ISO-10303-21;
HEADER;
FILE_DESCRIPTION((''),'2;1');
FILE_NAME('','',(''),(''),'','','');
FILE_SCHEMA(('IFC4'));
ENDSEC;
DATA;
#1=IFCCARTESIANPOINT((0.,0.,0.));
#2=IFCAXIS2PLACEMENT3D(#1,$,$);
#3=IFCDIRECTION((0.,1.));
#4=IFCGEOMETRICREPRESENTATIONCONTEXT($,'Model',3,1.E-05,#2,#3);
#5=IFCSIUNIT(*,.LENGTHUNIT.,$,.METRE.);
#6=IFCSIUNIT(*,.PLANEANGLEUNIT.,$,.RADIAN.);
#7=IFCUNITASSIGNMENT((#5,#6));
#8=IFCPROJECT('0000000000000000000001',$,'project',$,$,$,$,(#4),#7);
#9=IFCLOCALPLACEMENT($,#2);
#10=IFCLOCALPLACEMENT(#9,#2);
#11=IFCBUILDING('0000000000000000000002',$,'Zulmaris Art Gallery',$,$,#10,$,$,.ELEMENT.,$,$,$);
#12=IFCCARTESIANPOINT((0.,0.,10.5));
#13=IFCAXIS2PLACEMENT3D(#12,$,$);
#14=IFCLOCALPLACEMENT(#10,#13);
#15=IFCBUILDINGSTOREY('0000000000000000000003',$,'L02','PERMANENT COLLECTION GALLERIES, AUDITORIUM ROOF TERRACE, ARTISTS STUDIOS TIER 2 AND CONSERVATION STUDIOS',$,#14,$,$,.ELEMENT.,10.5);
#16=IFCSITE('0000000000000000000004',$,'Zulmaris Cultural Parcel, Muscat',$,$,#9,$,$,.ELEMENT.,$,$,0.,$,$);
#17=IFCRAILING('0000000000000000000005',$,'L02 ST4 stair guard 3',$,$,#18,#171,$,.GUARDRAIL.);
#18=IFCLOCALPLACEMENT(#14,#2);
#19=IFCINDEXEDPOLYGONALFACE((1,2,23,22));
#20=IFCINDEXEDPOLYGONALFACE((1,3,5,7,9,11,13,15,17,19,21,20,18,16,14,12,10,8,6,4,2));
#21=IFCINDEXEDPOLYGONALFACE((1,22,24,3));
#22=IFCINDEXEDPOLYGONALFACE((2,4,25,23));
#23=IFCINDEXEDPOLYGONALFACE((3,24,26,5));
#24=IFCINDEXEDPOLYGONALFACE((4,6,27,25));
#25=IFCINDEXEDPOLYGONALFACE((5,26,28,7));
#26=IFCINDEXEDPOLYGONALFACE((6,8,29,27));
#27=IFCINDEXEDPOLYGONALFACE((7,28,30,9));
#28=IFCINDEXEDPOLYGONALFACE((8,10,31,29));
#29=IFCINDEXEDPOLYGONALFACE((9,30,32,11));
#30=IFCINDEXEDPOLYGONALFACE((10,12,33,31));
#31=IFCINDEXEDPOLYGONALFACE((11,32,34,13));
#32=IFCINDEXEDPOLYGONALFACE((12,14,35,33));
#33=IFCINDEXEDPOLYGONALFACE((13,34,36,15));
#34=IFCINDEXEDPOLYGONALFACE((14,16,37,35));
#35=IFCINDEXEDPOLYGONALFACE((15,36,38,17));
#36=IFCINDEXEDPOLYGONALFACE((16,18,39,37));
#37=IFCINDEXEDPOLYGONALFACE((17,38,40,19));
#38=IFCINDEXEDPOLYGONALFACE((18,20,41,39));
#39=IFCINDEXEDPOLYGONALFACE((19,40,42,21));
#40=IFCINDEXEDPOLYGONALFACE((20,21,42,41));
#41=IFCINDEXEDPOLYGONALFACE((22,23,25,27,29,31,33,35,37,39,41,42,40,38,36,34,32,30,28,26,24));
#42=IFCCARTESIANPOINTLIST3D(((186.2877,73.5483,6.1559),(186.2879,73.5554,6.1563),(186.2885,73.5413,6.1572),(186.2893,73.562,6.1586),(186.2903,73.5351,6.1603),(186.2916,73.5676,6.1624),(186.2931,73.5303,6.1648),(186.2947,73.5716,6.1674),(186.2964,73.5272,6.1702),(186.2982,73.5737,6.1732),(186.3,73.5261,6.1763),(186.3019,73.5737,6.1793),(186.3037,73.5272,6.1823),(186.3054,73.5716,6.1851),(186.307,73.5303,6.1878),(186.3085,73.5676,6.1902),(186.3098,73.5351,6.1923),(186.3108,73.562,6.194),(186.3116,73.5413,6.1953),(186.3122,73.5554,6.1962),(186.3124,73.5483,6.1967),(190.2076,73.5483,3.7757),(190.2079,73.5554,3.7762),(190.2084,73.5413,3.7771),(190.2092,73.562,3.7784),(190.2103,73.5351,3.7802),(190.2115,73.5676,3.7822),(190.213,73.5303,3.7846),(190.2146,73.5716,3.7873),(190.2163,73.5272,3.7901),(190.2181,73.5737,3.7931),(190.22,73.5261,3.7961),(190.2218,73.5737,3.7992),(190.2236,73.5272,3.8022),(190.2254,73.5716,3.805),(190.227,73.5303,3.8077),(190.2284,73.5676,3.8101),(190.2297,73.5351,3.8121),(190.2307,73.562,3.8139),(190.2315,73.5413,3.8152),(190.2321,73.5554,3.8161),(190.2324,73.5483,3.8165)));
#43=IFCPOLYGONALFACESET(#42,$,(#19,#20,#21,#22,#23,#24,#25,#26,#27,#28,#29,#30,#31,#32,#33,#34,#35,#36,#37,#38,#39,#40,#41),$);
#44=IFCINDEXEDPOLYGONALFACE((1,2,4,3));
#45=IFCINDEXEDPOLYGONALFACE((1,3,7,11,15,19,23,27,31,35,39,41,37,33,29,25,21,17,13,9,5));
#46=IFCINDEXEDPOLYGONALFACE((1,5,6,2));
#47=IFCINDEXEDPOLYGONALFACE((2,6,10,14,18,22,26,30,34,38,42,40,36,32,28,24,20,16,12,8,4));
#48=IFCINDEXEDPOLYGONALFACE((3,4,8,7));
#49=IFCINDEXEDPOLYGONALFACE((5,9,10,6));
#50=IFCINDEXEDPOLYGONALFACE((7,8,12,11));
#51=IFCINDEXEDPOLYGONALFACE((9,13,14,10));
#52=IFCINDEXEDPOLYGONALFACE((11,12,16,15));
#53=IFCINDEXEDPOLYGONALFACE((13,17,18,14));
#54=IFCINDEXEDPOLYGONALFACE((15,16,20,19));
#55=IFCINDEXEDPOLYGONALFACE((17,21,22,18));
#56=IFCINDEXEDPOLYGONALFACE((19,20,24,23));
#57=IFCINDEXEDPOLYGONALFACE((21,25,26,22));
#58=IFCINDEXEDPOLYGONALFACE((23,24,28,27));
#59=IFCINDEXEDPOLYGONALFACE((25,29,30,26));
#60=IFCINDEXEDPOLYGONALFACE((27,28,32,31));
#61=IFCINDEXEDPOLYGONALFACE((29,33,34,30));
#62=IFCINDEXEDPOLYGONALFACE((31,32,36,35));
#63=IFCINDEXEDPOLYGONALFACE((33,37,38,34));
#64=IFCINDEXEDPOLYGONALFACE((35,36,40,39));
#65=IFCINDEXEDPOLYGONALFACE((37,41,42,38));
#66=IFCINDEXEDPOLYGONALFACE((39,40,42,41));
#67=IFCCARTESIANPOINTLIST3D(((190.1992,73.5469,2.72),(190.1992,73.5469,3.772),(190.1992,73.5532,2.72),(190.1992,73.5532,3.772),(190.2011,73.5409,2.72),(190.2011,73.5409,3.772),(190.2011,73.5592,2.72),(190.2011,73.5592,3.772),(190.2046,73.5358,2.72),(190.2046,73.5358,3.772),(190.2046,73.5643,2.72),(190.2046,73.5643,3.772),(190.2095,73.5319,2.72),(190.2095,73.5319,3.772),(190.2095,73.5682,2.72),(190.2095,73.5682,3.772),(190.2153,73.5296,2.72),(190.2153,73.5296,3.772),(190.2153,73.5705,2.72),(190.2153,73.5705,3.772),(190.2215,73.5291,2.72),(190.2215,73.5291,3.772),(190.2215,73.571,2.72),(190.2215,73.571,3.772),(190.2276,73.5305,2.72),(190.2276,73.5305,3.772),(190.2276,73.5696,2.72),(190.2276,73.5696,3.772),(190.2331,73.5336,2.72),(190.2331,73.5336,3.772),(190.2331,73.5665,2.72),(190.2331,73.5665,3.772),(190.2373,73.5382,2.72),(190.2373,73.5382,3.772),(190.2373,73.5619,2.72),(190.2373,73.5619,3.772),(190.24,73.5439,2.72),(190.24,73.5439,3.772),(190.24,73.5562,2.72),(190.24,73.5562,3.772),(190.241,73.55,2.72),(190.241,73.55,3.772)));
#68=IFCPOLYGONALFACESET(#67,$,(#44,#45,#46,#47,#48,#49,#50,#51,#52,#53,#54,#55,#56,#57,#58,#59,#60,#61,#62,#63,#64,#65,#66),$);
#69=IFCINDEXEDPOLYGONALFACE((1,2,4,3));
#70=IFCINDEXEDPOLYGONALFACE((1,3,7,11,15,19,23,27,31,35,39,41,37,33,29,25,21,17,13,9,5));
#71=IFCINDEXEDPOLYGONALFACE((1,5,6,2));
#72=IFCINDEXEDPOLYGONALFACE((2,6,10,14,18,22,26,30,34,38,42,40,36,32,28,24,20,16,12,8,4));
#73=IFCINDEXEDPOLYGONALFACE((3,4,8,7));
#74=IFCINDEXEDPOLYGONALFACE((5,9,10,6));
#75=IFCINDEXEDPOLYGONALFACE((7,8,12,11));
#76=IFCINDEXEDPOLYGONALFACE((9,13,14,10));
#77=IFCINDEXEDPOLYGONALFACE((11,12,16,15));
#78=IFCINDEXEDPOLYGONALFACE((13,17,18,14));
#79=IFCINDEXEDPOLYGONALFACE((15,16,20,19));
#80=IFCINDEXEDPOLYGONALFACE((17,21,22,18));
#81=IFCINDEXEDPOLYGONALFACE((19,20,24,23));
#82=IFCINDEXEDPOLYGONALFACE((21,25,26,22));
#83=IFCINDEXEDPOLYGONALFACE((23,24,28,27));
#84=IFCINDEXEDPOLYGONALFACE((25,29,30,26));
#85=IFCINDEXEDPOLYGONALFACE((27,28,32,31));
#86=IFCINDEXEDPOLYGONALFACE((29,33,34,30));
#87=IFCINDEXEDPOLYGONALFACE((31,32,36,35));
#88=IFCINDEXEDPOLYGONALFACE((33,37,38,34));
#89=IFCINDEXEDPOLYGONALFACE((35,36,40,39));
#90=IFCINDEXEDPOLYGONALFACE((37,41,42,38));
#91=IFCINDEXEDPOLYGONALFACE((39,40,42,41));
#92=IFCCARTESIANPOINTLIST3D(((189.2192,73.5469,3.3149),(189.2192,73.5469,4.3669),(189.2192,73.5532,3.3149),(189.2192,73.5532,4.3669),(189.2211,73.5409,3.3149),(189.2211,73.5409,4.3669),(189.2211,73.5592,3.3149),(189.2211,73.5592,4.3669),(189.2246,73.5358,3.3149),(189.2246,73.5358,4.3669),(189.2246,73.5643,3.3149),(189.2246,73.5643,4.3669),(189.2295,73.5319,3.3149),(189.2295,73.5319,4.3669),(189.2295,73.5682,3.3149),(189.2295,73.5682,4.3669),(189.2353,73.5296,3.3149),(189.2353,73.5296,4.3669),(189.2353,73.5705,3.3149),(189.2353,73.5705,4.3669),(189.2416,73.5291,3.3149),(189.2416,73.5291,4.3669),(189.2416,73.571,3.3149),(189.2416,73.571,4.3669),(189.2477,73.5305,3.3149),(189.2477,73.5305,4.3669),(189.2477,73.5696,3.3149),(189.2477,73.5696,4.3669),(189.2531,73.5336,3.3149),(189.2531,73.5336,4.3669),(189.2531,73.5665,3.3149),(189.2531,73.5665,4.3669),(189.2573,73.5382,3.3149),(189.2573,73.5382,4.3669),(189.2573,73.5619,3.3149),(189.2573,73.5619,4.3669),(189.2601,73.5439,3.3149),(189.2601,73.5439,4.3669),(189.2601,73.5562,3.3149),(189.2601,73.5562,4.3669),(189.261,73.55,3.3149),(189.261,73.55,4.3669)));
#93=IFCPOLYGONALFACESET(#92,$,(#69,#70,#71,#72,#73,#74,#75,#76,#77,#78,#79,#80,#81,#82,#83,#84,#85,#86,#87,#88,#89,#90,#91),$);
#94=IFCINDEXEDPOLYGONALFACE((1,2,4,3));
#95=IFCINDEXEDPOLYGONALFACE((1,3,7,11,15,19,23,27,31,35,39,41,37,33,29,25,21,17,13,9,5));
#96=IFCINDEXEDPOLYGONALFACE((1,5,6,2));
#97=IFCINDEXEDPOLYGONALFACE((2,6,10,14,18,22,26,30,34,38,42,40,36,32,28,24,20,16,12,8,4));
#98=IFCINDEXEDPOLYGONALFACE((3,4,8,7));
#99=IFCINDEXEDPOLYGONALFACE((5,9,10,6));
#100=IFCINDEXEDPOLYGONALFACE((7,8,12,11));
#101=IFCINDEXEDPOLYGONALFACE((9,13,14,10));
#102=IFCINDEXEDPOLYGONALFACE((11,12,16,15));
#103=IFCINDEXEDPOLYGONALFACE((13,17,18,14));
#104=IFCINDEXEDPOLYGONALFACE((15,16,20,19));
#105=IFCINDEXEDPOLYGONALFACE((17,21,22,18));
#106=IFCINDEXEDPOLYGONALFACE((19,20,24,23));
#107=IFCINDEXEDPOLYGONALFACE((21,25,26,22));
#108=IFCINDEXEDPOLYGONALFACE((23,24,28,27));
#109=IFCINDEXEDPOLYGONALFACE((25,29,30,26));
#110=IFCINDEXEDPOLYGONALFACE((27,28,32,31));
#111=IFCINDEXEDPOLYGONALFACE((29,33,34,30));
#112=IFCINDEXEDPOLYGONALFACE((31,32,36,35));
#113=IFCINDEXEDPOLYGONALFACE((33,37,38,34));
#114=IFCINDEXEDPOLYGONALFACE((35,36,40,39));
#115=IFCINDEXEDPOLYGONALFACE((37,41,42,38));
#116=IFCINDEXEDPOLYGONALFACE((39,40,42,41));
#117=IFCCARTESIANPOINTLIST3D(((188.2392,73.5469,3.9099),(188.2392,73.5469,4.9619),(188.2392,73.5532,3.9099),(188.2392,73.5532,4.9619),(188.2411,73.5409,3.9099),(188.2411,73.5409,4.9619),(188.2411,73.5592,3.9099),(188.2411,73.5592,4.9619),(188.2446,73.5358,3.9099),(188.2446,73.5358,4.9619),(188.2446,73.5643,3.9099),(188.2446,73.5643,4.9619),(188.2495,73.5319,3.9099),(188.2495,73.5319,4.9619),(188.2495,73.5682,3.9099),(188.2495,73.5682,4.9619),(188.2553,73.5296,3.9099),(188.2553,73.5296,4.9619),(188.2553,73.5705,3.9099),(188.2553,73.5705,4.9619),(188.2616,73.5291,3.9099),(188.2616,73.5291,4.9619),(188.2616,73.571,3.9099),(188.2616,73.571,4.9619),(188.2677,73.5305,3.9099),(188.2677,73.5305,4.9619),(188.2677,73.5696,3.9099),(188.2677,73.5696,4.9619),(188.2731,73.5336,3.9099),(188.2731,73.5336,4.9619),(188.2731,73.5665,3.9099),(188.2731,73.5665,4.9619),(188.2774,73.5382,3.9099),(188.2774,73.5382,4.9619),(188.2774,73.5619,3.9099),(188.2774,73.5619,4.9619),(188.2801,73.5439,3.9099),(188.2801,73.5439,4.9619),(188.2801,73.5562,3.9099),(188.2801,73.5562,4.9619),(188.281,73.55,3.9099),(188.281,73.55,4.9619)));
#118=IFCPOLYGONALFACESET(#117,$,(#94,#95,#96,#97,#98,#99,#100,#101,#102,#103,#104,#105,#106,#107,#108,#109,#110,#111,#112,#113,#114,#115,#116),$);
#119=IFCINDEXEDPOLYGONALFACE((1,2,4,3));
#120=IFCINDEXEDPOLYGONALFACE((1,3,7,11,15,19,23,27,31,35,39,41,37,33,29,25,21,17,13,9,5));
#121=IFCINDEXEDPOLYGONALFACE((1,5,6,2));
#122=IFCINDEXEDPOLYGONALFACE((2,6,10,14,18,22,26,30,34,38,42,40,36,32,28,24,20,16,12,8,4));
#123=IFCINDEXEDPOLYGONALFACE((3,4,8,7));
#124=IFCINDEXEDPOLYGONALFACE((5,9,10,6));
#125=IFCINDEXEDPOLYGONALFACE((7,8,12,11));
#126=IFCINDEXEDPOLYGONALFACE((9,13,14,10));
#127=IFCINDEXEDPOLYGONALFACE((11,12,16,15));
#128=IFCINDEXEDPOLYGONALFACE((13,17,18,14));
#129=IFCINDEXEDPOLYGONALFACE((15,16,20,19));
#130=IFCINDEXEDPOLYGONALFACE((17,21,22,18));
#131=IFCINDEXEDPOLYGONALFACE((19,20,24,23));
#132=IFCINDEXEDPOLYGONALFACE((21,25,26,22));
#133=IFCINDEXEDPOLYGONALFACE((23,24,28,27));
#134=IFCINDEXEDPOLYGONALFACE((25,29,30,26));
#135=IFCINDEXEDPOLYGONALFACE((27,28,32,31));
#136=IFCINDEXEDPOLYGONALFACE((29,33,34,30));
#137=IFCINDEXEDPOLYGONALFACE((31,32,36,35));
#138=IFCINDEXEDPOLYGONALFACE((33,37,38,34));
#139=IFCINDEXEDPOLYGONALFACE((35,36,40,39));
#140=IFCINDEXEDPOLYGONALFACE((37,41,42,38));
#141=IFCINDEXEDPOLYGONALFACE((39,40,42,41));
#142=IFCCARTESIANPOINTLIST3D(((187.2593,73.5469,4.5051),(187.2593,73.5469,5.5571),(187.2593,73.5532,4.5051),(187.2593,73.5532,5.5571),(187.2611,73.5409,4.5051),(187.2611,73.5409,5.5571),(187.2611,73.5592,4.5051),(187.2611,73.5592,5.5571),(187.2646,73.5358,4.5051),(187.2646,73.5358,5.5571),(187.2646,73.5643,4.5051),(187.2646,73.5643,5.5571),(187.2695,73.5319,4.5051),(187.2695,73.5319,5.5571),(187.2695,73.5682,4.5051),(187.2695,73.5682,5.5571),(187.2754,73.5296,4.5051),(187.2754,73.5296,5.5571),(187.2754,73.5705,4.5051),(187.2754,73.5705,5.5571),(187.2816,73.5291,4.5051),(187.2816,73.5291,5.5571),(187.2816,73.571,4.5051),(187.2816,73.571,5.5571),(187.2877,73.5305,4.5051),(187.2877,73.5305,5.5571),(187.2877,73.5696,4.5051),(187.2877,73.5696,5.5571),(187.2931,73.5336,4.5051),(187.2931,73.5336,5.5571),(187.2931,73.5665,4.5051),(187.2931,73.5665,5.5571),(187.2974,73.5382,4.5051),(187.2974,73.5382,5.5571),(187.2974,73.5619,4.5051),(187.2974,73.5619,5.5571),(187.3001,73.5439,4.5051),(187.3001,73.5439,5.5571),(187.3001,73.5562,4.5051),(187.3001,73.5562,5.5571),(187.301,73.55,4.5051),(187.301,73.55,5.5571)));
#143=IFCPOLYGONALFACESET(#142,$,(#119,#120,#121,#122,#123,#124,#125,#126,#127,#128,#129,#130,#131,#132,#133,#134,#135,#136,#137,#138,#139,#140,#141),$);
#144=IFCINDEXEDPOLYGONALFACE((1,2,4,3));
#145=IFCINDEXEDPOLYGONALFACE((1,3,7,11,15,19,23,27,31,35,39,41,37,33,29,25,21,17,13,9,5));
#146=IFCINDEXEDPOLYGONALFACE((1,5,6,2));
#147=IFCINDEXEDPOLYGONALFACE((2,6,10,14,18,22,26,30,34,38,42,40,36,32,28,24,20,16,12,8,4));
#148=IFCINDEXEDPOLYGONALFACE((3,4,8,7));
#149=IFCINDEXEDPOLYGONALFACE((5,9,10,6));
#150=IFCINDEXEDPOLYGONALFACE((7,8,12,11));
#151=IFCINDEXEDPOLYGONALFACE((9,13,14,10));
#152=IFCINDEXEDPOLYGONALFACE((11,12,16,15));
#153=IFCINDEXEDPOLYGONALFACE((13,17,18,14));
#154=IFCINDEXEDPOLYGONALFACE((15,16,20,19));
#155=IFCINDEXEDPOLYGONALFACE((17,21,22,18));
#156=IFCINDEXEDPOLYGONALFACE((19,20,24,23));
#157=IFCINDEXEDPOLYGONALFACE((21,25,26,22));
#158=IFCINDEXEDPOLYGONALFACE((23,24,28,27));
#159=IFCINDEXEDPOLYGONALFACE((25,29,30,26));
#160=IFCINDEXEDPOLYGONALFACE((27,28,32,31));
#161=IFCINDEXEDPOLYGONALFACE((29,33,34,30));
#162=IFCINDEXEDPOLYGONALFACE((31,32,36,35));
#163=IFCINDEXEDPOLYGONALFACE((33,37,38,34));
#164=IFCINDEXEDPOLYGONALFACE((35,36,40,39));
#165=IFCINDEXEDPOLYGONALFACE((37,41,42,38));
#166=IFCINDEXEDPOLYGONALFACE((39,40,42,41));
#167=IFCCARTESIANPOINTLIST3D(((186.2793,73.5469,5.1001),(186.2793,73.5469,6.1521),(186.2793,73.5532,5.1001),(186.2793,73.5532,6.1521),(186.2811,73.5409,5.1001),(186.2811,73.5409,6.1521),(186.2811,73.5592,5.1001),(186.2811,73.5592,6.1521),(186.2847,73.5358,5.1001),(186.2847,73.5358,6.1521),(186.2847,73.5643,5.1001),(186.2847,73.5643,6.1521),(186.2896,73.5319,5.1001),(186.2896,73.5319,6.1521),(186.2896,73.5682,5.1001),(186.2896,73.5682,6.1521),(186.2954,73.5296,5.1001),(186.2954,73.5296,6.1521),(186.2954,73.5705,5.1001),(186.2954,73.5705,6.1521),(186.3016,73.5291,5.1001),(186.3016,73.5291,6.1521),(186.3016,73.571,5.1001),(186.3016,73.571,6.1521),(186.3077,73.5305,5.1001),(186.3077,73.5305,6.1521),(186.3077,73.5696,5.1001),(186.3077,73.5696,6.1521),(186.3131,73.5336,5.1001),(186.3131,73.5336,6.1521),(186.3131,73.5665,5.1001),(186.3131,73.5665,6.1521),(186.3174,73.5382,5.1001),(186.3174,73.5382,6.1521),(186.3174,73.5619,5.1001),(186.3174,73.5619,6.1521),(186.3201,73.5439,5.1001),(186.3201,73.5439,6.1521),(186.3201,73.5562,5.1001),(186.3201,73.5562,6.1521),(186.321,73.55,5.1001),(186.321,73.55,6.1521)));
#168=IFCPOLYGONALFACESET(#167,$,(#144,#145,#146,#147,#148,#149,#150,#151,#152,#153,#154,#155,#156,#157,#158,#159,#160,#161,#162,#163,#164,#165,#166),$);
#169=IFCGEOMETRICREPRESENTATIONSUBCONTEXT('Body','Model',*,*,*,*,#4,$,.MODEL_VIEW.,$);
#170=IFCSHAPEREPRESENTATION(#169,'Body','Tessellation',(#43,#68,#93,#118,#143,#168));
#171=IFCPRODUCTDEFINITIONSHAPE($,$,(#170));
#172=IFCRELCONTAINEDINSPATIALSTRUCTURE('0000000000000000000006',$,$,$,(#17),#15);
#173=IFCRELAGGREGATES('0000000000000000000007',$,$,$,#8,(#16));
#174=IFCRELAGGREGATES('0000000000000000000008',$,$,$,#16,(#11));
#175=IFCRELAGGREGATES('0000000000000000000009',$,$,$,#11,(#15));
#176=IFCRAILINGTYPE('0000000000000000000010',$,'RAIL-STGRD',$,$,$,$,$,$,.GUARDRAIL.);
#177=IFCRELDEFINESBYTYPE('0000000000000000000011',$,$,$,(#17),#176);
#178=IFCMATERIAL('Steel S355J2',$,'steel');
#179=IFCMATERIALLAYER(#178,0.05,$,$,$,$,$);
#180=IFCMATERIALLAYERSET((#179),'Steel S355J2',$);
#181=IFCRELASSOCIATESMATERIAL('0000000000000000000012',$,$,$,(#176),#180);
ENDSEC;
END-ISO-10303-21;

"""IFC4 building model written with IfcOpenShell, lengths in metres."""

from ifc_helpers import new_model, si_unit, direction, frame, origin, origin_2d, place, context, subcontext, project, spatial, circle, extrude, material, layer, layer_set, type_object, element, save


model = new_model("IFC4")

# Units and contexts
model_context = context("Model", 3, precision=1e-05, world=origin(), true_north=direction((0.0, 1.0)))
body_context = subcontext(model_context, "Body", "Model", "MODEL_VIEW")
ifc_project = project(units=[si_unit("LENGTHUNIT", "METRE"), si_unit("PLANEANGLEUNIT", "RADIAN")], contexts=[model_context])

# Site, building, storey
site_placement = place(None, origin())
site = spatial("IfcSite", under=ifc_project, at=site_placement, Name="Zulmaris Cultural Parcel, Muscat", CompositionType="ELEMENT", RefElevation=0.0)
building_placement = place(site_placement, origin())
building = spatial("IfcBuilding", under=site, at=building_placement, Name="Zulmaris Art Gallery", CompositionType="ELEMENT")
storey_placement = place(building_placement, frame((0.0, 0.0, 10.5)))
storey = spatial("IfcBuildingStorey", under=building, at=storey_placement, Name="L02", Description="PERMANENT COLLECTION GALLERIES, AUDITORIUM ROOF TERRACE, ARTISTS STUDIOS TIER 2 AND CONSERVATION STUDIOS", CompositionType="ELEMENT", Elevation=10.5)

# Shared definitions
ifc_material_1 = material(Name="Steel S355J2", Category="steel")

# Railing
ifc_layer_1 = layer(ifc_material_1, 0.05)
ifc_layer_set_1 = layer_set([ifc_layer_1], Name="Steel S355J2")
railing_type_1 = type_object("IfcRailingType", Name="RAIL-STGRD", PredefinedType="GUARDRAIL", material=ifc_layer_set_1)
railing_1_placement = place(storey_placement, frame((190.22, 73.55, 2.72)))
element("IfcRailing", 1, at=railing_1_placement, inside=storey, type_object=railing_type_1, Name="L02 ST4 stair guard 3", PredefinedType="GUARDRAIL", context=body_context, shape_type="SweptSolid", body=[
    extrude(circle(Radius=0.0239, at=origin_2d()), frame((0.0, 0.0, 1.0762), z_axis=(-0.854771, 0.0, 0.519006), x_axis=(0.0, -1.0, 0.0)), (0.0, 0.0, 1.0), 4.5859),
    extrude(circle(Radius=0.021, at=origin_2d()), origin(), (0.0, 0.0, 1.0), 1.052),
    extrude(circle(Radius=0.021, at=origin_2d()), frame((-0.98, 0.0, 0.595)), (0.0, 0.0, 1.0), 1.052),
    extrude(circle(Radius=0.021, at=origin_2d()), frame((-1.96, 0.0, 1.1899)), (0.0, 0.0, 1.0), 1.052),
    extrude(circle(Radius=0.021, at=origin_2d()), frame((-2.9399, 0.0, 1.7852)), (0.0, 0.0, 1.0), 1.052),
    extrude(circle(Radius=0.021, at=origin_2d()), frame((-3.9199, 0.0, 2.3801)), (0.0, 0.0, 1.0), 1.052),
])

save(model, "model.ifc")
